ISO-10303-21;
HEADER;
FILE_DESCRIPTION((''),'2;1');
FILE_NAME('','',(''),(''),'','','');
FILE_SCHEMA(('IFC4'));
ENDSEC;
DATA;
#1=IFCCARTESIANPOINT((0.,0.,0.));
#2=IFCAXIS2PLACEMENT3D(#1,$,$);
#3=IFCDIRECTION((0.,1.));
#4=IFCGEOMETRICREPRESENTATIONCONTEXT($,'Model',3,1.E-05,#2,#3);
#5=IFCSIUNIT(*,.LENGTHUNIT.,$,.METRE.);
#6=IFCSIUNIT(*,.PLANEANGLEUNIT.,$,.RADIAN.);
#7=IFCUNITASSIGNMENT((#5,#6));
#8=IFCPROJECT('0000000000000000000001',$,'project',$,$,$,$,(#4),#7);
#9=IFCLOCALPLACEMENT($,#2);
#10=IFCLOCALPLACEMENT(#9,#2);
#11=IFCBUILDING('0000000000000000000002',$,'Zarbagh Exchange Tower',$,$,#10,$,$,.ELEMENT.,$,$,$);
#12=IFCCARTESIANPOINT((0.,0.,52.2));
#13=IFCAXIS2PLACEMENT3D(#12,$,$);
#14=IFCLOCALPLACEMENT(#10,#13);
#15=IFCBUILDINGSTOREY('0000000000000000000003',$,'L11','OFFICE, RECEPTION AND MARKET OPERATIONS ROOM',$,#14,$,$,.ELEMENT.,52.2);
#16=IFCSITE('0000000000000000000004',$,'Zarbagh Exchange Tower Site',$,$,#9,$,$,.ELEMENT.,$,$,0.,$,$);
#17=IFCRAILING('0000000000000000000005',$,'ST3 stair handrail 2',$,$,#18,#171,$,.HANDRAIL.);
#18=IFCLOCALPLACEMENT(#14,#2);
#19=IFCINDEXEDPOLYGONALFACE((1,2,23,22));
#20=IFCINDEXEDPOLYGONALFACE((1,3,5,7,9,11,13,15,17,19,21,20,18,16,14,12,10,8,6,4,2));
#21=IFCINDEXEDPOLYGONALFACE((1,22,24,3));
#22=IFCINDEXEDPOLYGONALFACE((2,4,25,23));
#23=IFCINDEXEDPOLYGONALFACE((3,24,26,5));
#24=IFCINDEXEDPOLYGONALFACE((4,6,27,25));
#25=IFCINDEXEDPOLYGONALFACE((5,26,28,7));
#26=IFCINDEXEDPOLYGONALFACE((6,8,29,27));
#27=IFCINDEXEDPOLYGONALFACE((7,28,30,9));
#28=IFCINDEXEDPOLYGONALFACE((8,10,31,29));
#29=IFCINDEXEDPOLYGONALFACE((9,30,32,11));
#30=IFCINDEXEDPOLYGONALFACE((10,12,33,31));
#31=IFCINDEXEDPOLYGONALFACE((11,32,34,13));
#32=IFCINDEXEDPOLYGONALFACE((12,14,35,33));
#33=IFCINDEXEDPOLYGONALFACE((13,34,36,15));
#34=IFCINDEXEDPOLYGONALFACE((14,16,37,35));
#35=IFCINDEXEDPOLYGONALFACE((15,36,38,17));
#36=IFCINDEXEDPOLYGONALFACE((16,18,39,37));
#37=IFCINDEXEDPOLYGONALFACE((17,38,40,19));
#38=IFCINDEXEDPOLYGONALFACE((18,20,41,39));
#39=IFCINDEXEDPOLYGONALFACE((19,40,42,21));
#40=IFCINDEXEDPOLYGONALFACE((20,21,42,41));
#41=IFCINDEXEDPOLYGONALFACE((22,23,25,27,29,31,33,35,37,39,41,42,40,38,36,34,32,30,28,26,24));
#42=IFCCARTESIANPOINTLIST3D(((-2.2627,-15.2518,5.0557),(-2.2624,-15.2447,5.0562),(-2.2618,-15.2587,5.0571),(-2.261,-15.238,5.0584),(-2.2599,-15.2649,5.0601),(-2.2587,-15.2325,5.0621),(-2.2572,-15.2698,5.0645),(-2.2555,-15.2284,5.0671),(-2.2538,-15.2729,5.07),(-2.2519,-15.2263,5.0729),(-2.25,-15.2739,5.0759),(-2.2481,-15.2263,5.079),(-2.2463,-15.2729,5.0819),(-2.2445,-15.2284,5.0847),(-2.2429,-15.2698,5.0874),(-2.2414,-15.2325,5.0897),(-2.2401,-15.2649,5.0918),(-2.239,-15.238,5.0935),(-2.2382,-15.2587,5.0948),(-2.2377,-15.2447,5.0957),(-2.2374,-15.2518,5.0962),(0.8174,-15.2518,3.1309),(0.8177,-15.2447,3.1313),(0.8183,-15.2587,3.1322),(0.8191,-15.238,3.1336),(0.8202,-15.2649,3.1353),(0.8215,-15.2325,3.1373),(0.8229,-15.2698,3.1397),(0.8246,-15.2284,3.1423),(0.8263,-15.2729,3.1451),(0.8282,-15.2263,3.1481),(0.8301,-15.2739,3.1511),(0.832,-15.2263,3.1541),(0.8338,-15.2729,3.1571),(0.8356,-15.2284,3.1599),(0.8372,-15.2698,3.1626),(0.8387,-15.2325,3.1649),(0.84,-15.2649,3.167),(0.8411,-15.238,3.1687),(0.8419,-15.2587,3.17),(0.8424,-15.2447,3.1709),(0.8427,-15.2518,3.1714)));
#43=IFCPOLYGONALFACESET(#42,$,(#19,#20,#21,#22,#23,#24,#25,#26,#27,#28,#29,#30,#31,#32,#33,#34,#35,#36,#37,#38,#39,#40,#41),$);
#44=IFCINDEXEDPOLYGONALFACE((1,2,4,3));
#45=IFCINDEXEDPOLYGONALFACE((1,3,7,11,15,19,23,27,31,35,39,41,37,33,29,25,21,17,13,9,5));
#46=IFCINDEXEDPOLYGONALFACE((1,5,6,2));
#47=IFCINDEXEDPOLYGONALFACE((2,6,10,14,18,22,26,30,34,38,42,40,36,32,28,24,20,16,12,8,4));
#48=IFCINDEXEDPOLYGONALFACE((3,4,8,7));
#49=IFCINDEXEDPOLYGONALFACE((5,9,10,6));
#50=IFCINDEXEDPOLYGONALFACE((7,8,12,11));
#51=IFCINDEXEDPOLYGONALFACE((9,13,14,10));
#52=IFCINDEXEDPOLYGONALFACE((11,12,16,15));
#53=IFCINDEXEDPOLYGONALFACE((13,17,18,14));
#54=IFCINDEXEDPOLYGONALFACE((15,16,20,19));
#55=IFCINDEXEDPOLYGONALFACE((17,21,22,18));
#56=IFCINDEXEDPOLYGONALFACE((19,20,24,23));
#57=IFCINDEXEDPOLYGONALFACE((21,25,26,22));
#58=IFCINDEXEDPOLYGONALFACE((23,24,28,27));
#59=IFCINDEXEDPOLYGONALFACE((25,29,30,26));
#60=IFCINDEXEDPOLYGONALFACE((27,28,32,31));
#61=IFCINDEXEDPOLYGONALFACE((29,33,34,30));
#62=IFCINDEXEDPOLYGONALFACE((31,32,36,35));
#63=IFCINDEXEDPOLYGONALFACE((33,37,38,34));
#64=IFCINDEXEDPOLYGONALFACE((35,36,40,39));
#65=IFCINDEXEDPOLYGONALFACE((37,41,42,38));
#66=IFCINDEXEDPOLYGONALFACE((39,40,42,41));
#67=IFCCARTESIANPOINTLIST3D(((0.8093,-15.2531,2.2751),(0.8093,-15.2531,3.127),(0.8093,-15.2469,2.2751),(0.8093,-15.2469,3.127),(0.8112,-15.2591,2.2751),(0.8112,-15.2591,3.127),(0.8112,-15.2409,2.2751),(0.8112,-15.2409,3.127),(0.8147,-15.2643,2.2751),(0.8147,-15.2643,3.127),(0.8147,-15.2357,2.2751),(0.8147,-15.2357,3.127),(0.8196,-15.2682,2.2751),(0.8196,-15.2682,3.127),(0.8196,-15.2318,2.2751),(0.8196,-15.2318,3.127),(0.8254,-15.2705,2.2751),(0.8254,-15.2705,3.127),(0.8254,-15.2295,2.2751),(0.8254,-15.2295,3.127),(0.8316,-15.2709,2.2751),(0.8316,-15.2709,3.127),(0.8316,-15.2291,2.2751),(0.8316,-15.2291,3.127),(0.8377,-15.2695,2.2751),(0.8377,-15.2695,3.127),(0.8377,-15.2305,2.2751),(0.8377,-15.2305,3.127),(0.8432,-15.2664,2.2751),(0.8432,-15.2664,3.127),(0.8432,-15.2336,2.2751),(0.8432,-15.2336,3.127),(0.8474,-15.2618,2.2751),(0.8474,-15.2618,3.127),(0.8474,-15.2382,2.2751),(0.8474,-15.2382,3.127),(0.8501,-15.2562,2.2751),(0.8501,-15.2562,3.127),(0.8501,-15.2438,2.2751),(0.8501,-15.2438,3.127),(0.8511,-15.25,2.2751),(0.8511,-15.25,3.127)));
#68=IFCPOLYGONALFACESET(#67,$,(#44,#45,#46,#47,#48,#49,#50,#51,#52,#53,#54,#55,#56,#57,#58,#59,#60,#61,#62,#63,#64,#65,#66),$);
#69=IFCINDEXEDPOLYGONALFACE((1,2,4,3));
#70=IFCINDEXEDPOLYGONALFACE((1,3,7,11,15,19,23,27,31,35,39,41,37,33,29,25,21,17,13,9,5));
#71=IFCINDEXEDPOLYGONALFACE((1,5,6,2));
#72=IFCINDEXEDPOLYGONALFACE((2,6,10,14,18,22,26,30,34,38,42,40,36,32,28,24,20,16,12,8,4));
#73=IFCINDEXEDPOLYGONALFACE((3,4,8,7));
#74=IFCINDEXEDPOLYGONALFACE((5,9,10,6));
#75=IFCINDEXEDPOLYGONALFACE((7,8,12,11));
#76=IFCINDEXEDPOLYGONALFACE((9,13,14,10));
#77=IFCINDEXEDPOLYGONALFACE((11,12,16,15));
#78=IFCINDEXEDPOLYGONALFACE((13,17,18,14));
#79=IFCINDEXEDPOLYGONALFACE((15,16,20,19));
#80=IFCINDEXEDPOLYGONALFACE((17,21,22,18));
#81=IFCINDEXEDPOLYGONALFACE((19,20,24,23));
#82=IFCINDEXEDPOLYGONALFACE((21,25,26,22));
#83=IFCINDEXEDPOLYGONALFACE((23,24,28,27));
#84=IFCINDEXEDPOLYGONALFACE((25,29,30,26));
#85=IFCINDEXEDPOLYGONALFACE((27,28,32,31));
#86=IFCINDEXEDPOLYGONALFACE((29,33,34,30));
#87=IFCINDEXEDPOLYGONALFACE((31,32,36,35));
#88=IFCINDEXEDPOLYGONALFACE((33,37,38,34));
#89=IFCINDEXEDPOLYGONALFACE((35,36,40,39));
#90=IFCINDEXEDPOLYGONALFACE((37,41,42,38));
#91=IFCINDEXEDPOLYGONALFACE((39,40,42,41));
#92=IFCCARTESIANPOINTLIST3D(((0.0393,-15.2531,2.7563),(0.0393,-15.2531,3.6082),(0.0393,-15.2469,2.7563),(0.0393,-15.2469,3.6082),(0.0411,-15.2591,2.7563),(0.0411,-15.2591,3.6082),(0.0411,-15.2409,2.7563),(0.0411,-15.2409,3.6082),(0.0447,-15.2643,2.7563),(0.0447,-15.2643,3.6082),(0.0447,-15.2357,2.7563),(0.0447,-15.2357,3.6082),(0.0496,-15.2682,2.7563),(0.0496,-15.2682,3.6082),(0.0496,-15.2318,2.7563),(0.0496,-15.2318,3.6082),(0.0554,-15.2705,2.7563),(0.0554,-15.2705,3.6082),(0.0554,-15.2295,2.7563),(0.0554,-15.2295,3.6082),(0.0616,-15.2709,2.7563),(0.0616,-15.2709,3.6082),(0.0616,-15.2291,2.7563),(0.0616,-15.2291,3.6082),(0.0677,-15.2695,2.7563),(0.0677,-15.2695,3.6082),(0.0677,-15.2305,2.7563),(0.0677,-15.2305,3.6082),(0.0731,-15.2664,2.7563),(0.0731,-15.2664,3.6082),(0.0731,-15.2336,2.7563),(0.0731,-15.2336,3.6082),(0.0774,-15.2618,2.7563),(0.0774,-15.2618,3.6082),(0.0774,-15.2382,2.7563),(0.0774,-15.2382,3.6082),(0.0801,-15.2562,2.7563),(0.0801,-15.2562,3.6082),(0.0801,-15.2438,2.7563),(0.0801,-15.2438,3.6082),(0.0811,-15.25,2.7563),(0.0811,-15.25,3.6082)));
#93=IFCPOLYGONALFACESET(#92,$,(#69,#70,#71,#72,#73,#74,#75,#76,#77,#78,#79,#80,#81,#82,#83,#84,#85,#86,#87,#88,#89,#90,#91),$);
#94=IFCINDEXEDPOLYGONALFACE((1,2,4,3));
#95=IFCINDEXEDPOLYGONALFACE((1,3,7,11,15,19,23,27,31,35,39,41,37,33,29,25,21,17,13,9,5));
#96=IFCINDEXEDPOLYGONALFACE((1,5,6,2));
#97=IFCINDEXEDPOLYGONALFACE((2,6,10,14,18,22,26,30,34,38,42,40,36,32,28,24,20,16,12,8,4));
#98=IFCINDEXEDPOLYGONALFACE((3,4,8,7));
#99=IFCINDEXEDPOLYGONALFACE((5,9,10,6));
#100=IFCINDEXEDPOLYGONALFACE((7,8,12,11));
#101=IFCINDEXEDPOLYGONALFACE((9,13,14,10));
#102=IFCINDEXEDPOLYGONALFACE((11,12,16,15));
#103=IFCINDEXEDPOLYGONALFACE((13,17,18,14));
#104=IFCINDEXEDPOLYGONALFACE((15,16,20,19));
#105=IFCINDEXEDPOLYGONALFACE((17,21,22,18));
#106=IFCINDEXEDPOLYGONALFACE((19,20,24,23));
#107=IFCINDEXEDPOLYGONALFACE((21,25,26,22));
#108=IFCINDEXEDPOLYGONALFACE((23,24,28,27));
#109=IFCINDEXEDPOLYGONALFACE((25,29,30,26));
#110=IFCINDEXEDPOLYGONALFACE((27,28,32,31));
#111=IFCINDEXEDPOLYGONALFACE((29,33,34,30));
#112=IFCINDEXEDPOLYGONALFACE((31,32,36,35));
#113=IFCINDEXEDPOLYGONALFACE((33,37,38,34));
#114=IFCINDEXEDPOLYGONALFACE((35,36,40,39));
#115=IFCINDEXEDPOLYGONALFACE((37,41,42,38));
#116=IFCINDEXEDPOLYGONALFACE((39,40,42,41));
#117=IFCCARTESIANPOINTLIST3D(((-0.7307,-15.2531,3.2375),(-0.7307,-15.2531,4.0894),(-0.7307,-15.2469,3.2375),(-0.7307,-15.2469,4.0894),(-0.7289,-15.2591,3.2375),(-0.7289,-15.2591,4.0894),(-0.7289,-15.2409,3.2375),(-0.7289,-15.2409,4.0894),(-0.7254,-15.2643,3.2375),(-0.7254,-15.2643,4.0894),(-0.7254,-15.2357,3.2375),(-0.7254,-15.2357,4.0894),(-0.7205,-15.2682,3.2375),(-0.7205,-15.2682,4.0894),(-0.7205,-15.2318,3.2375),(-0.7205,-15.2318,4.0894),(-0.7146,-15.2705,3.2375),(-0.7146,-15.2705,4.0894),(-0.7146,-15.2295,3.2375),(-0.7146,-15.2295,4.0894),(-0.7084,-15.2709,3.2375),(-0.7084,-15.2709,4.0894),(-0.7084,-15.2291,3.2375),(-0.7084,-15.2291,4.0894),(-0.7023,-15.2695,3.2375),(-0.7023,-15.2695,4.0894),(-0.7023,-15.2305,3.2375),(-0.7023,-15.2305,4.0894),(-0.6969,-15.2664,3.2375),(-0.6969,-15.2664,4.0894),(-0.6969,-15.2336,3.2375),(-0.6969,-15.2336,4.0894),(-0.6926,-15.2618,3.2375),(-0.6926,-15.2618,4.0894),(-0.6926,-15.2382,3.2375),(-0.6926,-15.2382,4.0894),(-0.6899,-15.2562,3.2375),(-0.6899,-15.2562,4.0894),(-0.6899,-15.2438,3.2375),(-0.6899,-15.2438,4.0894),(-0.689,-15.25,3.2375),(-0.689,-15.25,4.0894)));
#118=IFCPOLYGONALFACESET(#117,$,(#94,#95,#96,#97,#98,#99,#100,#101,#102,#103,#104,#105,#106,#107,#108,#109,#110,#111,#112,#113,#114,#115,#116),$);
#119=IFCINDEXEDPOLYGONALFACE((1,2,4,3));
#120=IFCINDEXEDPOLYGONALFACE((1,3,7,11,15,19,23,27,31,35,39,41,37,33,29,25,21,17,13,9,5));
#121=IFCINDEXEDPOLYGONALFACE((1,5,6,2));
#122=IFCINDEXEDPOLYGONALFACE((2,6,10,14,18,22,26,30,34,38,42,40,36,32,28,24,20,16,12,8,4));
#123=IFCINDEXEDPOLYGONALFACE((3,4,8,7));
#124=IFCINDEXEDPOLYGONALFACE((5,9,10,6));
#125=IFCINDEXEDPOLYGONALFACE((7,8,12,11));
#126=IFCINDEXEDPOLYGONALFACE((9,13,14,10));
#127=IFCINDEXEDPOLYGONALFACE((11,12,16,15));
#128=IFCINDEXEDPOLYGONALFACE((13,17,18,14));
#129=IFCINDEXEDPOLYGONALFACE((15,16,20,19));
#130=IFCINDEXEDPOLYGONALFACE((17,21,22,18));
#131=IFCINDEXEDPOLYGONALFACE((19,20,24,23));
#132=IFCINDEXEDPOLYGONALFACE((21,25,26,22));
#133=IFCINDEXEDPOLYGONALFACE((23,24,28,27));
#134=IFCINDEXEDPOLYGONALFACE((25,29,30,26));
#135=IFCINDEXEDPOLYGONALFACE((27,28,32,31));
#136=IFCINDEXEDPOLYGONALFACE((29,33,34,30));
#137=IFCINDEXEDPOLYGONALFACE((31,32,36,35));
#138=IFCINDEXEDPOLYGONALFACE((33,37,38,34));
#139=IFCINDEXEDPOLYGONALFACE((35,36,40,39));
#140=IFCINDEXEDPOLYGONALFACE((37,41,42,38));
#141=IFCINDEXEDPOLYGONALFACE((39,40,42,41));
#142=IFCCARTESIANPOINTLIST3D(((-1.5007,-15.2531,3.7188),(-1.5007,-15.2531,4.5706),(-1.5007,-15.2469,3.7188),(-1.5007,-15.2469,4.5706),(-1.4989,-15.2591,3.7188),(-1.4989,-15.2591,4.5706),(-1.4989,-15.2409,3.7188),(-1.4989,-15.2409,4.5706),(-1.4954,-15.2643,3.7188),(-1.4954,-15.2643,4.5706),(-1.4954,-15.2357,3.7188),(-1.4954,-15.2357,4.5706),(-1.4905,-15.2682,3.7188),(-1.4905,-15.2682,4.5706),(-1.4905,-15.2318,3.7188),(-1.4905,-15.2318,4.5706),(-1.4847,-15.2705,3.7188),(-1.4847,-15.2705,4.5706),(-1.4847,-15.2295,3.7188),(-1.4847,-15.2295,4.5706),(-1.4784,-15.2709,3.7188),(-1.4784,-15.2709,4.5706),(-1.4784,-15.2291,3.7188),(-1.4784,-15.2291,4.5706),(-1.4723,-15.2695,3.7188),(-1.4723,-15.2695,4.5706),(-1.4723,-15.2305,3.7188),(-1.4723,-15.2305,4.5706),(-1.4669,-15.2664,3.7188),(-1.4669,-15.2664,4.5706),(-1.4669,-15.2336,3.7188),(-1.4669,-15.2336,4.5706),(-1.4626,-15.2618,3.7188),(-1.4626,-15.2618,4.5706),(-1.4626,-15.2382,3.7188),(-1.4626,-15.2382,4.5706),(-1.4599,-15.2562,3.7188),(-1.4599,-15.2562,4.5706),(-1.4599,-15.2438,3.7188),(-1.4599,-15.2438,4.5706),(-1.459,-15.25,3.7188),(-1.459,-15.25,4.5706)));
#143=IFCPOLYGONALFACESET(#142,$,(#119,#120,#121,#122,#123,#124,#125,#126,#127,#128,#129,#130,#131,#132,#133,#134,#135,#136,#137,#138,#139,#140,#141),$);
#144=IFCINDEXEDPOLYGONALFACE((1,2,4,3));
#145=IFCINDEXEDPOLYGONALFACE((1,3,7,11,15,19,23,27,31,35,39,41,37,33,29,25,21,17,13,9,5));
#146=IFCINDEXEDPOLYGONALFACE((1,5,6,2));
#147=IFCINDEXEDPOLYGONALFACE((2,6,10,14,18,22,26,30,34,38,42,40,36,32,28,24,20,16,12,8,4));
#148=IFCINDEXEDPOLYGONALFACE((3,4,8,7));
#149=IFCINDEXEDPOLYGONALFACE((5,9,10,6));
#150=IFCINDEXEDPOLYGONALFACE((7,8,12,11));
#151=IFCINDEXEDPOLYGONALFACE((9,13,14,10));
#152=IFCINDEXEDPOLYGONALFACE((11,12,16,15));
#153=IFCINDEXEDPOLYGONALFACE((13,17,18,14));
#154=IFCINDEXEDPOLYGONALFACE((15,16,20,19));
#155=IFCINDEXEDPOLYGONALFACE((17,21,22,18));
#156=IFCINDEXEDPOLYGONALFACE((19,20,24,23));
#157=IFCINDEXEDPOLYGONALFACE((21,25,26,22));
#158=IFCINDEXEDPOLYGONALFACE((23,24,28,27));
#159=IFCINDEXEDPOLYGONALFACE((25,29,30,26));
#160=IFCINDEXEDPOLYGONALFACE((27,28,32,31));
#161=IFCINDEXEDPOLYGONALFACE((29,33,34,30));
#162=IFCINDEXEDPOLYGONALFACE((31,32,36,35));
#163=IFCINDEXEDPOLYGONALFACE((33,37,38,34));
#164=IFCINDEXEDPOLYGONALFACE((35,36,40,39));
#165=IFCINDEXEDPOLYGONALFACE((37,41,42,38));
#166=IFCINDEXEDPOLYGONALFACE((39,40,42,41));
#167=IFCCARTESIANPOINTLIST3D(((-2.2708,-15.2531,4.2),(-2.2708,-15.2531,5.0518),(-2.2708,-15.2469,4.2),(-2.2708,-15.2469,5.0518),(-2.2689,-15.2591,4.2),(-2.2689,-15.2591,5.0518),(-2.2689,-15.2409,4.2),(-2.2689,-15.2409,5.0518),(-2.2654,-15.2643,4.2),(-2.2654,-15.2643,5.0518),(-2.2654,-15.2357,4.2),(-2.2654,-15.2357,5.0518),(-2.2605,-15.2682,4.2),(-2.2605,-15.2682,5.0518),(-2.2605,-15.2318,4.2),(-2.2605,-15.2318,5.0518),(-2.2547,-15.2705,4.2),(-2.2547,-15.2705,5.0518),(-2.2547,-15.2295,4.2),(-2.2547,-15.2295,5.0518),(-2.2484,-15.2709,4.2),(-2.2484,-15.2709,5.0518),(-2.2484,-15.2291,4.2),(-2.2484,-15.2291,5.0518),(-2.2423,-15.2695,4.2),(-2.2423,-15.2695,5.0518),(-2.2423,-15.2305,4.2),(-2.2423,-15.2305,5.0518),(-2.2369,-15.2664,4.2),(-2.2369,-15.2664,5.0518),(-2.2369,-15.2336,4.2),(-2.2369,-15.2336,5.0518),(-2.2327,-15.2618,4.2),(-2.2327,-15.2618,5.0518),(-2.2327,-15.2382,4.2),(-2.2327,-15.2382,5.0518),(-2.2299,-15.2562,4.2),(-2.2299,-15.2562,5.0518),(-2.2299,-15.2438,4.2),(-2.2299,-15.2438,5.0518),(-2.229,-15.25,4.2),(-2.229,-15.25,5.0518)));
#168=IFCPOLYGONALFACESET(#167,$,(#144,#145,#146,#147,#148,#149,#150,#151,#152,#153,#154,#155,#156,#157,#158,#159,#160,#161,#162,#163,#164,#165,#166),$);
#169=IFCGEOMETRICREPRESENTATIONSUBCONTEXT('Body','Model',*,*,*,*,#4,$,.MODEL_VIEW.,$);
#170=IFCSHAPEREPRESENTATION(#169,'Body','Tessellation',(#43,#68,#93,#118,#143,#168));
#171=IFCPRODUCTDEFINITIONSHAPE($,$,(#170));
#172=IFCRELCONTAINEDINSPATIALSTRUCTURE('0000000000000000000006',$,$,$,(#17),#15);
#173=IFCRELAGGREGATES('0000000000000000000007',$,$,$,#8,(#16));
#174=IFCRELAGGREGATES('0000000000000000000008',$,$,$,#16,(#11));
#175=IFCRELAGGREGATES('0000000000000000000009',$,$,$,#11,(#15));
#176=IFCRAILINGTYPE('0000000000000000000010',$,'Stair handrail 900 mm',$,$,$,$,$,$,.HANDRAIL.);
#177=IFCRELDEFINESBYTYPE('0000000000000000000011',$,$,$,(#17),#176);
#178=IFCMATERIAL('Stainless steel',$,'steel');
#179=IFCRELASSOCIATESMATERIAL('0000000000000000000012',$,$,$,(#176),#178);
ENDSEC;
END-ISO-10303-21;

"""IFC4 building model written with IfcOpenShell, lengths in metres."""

from ifc_helpers import new_model, si_unit, direction, frame, origin, origin_2d, place, context, subcontext, project, spatial, circle, extrude, material, type_object, element, save


model = new_model("IFC4")

# Units and contexts
model_context = context("Model", 3, precision=1e-05, world=origin(), true_north=direction((0.0, 1.0)))
body_context = subcontext(model_context, "Body", "Model", "MODEL_VIEW")
ifc_project = project(units=[si_unit("LENGTHUNIT", "METRE"), si_unit("PLANEANGLEUNIT", "RADIAN")], contexts=[model_context])

# Site, building, storey
site_placement = place(None, origin())
site = spatial("IfcSite", under=ifc_project, at=site_placement, Name="Zarbagh Exchange Tower Site", CompositionType="ELEMENT", RefElevation=0.0)
building_placement = place(site_placement, origin())
building = spatial("IfcBuilding", under=site, at=building_placement, Name="Zarbagh Exchange Tower", CompositionType="ELEMENT")
storey_placement = place(building_placement, frame((0.0, 0.0, 52.2)))
storey = spatial("IfcBuildingStorey", under=building, at=storey_placement, Name="L11", Description="OFFICE, RECEPTION AND MARKET OPERATIONS ROOM", CompositionType="ELEMENT", Elevation=52.2)

# Railing
ifc_material_1 = material(Name="Stainless steel", Category="steel")
railing_type_1 = type_object("IfcRailingType", Name="Stair handrail 900 mm", PredefinedType="HANDRAIL", material=ifc_material_1)
railing_1_placement = place(storey_placement, frame((0.8301, -15.25, 2.2751)))
element("IfcRailing", 1, at=railing_1_placement, inside=storey, type_object=railing_type_1, Name="ST3 stair handrail 2", PredefinedType="HANDRAIL", context=body_context, shape_type="SweptSolid", body=[
    extrude(circle(Radius=0.0239, at=origin_2d()), frame((0.0, 0.0, 0.876), z_axis=(-0.848029, 0.0, 0.529951), x_axis=(0.0, -1.0, 0.0)), (0.0, 0.0, 1.0), 3.6321),
    extrude(circle(Radius=0.021, at=origin_2d()), origin(), (0.0, 0.0, 1.0), 0.8518),
    extrude(circle(Radius=0.021, at=origin_2d()), frame((-0.77, 0.0, 0.4812)), (0.0, 0.0, 1.0), 0.8518),
    extrude(circle(Radius=0.021, at=origin_2d()), frame((-1.54, 0.0, 0.9624)), (0.0, 0.0, 1.0), 0.8518),
    extrude(circle(Radius=0.021, at=origin_2d()), frame((-2.3101, 0.0, 1.4436)), (0.0, 0.0, 1.0), 0.8518),
    extrude(circle(Radius=0.021, at=origin_2d()), frame((-3.0801, 0.0, 1.9248)), (0.0, 0.0, 1.0), 0.8518),
])

save(model, "model.ifc")
